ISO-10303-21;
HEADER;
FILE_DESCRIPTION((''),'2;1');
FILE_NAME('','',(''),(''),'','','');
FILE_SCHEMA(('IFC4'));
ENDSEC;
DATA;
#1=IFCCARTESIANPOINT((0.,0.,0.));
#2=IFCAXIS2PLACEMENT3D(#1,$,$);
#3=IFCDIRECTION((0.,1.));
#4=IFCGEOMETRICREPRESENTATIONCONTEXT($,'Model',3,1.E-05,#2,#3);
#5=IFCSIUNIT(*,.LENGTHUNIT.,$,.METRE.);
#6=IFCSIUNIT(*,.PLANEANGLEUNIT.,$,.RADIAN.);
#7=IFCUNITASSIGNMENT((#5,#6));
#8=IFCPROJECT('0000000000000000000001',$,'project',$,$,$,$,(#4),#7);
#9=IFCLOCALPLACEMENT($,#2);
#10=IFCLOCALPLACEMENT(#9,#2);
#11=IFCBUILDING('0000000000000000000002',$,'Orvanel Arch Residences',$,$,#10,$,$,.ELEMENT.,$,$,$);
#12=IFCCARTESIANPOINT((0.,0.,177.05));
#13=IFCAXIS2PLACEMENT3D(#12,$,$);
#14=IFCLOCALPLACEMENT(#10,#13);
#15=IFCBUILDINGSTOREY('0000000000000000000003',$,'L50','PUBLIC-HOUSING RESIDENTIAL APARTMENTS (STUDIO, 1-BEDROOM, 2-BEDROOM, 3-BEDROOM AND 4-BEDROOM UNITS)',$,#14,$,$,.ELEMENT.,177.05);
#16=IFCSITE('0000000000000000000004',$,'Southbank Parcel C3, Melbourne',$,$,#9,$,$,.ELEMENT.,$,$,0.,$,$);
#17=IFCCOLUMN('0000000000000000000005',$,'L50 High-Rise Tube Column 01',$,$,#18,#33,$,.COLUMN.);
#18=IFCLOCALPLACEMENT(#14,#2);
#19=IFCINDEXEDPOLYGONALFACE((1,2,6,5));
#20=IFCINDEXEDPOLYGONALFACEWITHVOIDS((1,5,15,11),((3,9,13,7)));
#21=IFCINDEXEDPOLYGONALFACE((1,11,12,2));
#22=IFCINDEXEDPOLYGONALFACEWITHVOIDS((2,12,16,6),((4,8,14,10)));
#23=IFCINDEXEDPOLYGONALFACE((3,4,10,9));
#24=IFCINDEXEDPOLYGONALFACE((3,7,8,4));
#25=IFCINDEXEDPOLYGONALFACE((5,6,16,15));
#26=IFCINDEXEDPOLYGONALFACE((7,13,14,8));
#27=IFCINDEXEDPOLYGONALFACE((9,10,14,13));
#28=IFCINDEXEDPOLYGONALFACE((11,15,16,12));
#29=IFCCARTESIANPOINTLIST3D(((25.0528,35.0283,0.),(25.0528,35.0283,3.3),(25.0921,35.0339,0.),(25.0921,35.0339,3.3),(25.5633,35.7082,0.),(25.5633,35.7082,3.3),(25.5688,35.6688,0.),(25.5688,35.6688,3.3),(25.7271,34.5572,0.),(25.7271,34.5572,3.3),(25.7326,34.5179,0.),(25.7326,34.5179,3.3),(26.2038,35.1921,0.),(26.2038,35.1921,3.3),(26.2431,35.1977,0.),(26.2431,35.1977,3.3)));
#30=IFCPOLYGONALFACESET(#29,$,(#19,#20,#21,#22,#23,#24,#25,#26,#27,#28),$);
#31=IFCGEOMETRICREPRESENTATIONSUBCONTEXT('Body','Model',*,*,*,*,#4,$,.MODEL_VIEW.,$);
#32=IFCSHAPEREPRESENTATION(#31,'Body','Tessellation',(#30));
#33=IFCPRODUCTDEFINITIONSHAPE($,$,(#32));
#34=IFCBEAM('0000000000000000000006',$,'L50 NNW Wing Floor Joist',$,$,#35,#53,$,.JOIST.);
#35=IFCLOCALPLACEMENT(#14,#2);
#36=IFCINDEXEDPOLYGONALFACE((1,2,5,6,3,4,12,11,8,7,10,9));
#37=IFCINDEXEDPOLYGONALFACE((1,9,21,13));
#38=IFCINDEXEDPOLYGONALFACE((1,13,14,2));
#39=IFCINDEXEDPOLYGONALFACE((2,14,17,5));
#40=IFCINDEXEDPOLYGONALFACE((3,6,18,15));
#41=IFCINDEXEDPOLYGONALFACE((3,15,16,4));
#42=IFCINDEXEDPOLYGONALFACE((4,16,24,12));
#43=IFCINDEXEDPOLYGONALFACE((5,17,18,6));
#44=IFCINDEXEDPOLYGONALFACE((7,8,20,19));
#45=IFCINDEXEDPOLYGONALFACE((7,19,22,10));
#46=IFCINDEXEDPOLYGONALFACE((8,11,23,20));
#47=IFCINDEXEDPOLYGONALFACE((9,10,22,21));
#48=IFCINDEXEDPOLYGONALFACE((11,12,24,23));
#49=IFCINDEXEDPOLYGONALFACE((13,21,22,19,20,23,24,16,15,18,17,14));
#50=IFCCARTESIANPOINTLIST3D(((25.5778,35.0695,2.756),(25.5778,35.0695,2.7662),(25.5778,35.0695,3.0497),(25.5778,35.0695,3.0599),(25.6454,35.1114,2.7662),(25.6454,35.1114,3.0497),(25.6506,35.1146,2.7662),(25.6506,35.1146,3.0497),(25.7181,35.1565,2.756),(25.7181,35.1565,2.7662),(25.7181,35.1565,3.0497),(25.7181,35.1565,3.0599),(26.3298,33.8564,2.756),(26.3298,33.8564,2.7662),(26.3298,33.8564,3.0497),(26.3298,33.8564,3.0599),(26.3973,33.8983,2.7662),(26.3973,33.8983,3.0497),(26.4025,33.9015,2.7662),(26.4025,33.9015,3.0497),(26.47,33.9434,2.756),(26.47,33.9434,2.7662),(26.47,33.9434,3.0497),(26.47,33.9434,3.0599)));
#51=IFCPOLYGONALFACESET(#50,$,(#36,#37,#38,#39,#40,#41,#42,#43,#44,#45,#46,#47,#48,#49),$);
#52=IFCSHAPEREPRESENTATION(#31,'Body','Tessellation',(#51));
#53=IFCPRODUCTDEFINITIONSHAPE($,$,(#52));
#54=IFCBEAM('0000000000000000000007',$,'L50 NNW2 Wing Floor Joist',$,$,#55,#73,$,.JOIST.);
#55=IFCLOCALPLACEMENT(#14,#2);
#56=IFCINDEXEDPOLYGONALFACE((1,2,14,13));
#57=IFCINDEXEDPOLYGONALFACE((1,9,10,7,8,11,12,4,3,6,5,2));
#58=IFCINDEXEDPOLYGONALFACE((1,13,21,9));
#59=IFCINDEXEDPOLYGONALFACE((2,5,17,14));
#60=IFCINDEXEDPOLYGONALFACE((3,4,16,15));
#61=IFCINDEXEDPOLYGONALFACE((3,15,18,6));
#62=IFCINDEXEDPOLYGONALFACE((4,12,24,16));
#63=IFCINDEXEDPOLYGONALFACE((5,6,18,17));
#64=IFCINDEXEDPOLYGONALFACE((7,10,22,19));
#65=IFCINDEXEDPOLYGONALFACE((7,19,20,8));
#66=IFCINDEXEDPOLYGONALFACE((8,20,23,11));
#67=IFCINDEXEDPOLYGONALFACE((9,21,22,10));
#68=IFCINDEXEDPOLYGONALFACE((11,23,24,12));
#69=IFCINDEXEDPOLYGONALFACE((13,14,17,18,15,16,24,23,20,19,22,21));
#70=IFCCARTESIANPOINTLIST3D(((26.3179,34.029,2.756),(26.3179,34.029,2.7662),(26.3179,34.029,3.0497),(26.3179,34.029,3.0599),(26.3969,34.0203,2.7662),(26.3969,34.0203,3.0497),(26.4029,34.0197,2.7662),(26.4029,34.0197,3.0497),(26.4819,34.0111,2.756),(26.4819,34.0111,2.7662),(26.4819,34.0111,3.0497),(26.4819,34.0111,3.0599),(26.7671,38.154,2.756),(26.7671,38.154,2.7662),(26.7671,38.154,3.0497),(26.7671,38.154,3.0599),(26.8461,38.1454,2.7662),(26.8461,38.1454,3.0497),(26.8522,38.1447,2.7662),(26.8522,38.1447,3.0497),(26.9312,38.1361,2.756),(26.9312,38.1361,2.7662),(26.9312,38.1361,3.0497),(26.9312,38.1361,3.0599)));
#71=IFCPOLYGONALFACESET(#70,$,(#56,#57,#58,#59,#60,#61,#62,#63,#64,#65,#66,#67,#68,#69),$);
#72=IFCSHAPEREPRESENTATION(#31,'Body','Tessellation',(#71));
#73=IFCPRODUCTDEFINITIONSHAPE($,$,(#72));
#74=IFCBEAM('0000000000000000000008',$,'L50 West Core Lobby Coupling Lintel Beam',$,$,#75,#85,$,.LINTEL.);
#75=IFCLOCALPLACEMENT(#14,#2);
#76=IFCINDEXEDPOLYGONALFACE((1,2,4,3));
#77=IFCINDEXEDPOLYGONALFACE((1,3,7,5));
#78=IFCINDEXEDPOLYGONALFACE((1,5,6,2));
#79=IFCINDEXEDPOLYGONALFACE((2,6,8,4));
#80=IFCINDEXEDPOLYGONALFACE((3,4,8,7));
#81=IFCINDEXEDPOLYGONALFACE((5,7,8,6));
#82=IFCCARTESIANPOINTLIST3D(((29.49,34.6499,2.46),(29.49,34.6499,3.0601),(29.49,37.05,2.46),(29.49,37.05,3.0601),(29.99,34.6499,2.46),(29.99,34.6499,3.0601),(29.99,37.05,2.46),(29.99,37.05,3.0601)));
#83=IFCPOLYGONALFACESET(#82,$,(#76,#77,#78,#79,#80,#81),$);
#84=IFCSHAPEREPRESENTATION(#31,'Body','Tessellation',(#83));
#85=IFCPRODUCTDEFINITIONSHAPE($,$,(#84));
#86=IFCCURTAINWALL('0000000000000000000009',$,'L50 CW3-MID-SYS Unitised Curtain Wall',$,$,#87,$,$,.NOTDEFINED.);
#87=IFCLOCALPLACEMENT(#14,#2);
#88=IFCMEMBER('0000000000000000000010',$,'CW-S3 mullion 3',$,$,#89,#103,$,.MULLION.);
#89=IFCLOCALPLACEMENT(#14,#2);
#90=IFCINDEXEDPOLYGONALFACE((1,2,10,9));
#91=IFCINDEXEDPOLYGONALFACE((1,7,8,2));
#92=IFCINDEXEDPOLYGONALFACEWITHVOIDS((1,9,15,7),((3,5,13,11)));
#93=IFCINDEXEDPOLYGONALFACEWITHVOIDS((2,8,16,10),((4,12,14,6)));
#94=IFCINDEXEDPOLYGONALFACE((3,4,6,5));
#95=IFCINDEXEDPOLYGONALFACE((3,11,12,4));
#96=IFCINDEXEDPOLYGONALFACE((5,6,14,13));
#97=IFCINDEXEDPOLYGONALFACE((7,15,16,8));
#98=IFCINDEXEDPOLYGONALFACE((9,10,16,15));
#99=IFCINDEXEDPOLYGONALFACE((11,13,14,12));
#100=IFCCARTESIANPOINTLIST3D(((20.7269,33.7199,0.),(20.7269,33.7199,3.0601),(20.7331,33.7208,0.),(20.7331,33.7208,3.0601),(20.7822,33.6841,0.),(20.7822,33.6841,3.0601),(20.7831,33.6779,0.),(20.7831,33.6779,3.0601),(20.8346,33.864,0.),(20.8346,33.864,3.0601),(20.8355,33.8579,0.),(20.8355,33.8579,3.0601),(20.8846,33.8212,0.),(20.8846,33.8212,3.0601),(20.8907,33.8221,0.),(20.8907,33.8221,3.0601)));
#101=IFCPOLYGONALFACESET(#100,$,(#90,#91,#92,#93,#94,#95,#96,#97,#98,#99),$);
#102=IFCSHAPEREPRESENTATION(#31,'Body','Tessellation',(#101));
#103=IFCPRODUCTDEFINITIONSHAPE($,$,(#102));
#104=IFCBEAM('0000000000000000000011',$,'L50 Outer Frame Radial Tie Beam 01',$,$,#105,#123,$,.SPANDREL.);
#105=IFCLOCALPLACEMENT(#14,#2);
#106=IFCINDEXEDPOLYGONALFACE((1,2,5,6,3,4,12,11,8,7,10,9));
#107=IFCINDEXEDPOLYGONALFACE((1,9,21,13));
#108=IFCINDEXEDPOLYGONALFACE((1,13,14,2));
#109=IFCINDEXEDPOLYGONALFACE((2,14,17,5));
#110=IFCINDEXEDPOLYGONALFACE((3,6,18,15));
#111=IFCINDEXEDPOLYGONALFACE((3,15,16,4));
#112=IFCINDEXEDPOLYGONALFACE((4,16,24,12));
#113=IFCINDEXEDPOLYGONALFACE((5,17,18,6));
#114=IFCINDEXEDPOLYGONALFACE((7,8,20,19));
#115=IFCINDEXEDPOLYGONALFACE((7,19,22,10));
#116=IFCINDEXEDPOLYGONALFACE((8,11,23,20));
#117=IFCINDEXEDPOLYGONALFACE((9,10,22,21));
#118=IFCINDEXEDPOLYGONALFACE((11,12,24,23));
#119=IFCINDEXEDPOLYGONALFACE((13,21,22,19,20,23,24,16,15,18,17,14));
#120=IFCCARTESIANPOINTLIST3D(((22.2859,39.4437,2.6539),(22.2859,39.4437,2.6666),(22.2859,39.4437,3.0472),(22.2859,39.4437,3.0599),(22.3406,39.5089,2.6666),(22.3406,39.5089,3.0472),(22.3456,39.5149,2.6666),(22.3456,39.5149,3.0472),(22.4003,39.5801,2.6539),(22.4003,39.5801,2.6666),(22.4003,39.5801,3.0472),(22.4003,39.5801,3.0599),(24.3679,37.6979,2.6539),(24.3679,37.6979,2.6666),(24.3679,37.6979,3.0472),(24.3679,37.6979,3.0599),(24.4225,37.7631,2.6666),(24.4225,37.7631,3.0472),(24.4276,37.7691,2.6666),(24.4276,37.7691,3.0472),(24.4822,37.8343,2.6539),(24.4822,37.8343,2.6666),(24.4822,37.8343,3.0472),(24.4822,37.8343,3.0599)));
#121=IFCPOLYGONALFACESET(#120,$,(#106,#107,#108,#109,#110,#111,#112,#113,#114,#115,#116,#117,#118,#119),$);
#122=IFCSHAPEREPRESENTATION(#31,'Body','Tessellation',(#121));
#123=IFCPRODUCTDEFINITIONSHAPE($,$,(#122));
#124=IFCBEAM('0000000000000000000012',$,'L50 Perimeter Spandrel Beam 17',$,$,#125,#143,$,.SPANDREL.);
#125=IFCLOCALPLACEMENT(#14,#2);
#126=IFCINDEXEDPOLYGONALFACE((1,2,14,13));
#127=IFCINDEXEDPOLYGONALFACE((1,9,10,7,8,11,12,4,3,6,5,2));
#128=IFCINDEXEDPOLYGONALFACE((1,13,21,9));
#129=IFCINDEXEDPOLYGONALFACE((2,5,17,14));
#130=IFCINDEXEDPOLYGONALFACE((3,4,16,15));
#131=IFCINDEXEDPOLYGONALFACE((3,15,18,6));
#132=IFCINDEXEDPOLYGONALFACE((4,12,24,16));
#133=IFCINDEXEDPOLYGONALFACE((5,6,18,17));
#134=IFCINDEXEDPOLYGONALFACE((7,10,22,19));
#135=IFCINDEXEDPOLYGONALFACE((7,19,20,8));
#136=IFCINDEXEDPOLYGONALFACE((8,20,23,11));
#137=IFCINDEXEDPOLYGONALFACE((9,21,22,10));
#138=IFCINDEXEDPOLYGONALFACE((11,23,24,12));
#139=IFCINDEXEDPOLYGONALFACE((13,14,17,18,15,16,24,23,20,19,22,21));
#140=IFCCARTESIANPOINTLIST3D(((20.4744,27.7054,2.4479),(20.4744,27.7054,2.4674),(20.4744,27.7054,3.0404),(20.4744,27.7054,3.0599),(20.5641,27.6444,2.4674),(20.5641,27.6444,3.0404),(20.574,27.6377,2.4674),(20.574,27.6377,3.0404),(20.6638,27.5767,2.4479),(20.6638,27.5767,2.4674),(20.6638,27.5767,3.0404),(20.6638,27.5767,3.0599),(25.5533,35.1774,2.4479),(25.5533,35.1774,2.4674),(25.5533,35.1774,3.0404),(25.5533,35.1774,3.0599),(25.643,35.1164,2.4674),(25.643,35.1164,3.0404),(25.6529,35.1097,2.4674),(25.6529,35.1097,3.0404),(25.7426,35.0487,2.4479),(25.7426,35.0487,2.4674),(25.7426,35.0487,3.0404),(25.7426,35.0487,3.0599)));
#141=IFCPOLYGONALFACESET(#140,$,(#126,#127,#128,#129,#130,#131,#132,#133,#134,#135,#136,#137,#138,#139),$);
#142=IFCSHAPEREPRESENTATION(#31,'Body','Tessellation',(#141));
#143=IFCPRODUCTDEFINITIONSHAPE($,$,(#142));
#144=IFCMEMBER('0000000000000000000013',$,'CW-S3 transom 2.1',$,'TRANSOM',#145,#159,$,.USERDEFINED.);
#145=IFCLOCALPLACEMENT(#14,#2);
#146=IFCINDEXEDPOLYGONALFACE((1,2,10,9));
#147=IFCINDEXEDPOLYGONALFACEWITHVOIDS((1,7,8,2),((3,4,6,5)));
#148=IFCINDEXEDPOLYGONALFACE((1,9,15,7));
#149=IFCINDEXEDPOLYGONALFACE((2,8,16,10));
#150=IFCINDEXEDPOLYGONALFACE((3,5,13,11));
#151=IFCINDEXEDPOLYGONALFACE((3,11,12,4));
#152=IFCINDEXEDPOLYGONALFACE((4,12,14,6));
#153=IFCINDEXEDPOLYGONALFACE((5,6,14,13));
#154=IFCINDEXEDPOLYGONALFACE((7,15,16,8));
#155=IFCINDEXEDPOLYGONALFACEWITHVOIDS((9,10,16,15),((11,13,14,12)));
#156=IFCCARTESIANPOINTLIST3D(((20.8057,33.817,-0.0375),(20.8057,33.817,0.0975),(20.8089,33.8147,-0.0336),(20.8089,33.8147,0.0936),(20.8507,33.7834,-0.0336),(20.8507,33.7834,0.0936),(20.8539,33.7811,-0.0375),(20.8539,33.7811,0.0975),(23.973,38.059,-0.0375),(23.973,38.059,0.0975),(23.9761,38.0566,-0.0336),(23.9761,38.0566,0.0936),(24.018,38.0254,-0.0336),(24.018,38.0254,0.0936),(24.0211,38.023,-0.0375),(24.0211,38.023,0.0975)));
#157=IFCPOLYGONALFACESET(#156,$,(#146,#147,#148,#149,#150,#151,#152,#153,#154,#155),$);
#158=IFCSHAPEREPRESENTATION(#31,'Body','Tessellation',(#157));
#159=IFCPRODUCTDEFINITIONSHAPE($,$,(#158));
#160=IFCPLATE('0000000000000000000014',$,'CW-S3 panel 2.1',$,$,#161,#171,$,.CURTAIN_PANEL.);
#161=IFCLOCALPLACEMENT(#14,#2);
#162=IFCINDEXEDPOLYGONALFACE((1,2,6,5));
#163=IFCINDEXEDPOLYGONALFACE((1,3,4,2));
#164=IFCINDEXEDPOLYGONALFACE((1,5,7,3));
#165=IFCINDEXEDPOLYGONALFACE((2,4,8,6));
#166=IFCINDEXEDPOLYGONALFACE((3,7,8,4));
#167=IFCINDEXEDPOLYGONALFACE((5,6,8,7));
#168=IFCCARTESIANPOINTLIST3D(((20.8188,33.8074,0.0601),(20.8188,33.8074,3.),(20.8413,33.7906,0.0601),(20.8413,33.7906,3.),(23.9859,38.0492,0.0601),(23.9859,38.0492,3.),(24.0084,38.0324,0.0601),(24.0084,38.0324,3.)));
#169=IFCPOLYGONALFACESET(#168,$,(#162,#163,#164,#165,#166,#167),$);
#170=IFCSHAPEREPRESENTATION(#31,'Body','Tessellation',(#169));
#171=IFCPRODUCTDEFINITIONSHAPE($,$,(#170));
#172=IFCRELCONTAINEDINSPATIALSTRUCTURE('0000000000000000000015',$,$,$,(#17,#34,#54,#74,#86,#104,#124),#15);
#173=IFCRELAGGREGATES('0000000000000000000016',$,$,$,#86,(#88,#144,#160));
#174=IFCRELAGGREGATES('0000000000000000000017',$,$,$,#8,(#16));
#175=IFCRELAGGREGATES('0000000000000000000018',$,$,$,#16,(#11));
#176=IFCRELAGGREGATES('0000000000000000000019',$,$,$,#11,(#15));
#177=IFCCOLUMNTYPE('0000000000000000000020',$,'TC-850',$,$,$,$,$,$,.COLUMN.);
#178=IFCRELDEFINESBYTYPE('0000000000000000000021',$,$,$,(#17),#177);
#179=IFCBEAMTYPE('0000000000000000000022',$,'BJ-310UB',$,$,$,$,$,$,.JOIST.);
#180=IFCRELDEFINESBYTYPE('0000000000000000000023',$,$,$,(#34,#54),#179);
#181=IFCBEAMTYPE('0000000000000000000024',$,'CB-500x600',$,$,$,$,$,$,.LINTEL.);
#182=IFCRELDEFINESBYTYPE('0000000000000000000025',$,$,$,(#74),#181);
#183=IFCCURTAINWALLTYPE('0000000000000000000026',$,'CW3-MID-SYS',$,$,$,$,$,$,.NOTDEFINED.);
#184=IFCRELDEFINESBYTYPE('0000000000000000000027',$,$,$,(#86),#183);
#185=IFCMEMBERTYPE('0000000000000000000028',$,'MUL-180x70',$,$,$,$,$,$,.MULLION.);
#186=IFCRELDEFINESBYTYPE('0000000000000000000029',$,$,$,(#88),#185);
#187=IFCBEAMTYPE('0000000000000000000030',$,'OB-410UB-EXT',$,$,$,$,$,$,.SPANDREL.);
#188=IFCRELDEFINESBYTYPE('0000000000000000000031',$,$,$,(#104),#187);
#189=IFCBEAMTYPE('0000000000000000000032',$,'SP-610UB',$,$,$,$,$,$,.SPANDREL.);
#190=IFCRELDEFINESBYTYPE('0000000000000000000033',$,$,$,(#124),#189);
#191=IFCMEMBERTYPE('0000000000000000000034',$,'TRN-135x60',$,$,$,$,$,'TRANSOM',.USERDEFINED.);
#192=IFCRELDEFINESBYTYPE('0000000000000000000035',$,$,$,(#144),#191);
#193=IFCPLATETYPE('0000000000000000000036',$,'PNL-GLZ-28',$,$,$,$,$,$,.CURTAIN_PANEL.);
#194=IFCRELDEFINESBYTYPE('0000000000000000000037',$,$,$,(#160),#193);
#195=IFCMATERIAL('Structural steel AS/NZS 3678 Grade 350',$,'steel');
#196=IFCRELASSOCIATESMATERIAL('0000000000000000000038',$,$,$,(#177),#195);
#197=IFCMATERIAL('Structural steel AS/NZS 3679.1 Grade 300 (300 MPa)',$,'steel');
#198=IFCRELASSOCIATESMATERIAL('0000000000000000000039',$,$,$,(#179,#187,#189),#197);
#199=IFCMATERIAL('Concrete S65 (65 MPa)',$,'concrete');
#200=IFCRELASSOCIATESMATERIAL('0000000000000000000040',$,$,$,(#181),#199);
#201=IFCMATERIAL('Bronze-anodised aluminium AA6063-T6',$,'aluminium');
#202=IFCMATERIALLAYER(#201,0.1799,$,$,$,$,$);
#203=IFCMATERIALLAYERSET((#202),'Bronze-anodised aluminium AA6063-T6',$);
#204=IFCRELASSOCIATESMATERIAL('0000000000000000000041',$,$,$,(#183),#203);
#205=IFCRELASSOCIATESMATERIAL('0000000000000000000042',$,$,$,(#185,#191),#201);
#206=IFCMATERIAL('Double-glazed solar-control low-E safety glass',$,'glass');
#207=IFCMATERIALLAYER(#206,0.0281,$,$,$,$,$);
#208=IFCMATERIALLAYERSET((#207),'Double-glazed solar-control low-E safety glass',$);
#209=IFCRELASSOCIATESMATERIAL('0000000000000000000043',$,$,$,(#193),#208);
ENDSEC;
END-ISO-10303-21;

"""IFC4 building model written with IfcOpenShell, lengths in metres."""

from ifc_helpers import new_model, si_unit, direction, frame, origin, origin_2d, place, context, subcontext, project, spatial, rectangle, hollow_rectangle, i_section, extrude, material, layer, layer_set, material_profile, profile_set, type_object, element, aggregate, save


model = new_model("IFC4")

# Units and contexts
model_context = context("Model", 3, precision=1e-05, world=origin(), true_north=direction((0.0, 1.0)))
body_context = subcontext(model_context, "Body", "Model", "MODEL_VIEW")
ifc_project = project(units=[si_unit("LENGTHUNIT", "METRE"), si_unit("PLANEANGLEUNIT", "RADIAN")], contexts=[model_context])

# Site, building, storey
site_placement = place(None, origin())
site = spatial("IfcSite", under=ifc_project, at=site_placement, Name="Southbank Parcel C3, Melbourne", CompositionType="ELEMENT", RefElevation=0.0)
building_placement = place(site_placement, origin())
building = spatial("IfcBuilding", under=site, at=building_placement, Name="Orvanel Arch Residences", CompositionType="ELEMENT")
storey_placement = place(building_placement, frame((0.0, 0.0, 177.05)))
storey = spatial("IfcBuildingStorey", under=building, at=storey_placement, Name="L50", Description="PUBLIC-HOUSING RESIDENTIAL APARTMENTS (STUDIO, 1-BEDROOM, 2-BEDROOM, 3-BEDROOM AND 4-BEDROOM UNITS)", CompositionType="ELEMENT", Elevation=177.05)

# Column
ifc_material_1 = material(Name="Structural steel AS/NZS 3678 Grade 350", Category="steel")
ifc_material_profile_1 = material_profile(ifc_material_1, hollow_rectangle(XDim=0.8501, YDim=0.8501, WallThickness=0.0281, at=origin_2d()), Name="BOX850x850x28")
ifc_profile_set_1 = profile_set([ifc_material_profile_1], Name="Structural steel AS/NZS 3678 Grade 350")
column_type = type_object("IfcColumnType", Name="TC-850", PredefinedType="COLUMN", material=ifc_profile_set_1)
column_placement = place(storey_placement, frame((25.6479, 35.113, 0.0), z_axis=(0.0, 0.0, 1.0), x_axis=(0.60042, 0.799685, 0.0)))
element("IfcColumn", 1, at=column_placement, inside=storey, type_object=column_type, Name="L50 High-Rise Tube Column 01", PredefinedType="COLUMN", context=body_context, shape_type="SweptSolid", body=[
    extrude(hollow_rectangle(XDim=0.8501, YDim=0.8501, WallThickness=0.0281, at=origin_2d()), origin(), (0.0, 0.0, 1.0), 3.3),
])

# Beams
ifc_material_2 = material(Name="Structural steel AS/NZS 3679.1 Grade 300 (300 MPa)", Category="steel")
ifc_material_profile_2 = material_profile(ifc_material_2, i_section(OverallWidth=0.165, OverallDepth=0.304, WebThickness=0.0061, FlangeThickness=0.0103, at=origin_2d()), Name="310UB40.4")
ifc_profile_set_2 = profile_set([ifc_material_profile_2], Name="Structural steel AS/NZS 3679.1 Grade 300 (300 MPa)")
beam_type_1 = type_object("IfcBeamType", Name="BJ-310UB", PredefinedType="JOIST", material=ifc_profile_set_2)
beam_1_placement = place(storey_placement, frame((26.3999, 33.8999, 2.908), z_axis=(-0.526843, 0.849962, 0.0), x_axis=(-0.849962, -0.526843, 0.0)))
element("IfcBeam", 2, at=beam_1_placement, inside=storey, type_object=beam_type_1, Name="L50 NNW Wing Floor Joist", PredefinedType="JOIST", context=body_context, shape_type="SweptSolid", body=[
    extrude(i_section(OverallWidth=0.165, OverallDepth=0.304, WebThickness=0.0061, FlangeThickness=0.0103, at=origin_2d()), origin(), (0.0, 0.0, 1.0), 1.4272),
])
beam_2_placement = place(storey_placement, frame((26.3999, 34.02, 2.908), z_axis=(0.108261, 0.994122, 0.0), x_axis=(-0.994122, 0.108261, 0.0)))
element("IfcBeam", 3, at=beam_2_placement, inside=storey, type_object=beam_type_1, Name="L50 NNW2 Wing Floor Joist", PredefinedType="JOIST", context=body_context, shape_type="SweptSolid", body=[
    extrude(i_section(OverallWidth=0.165, OverallDepth=0.304, WebThickness=0.0061, FlangeThickness=0.0103, at=origin_2d()), origin(), (0.0, 0.0, 1.0), 4.1494),
])
ifc_material_3 = material(Name="Concrete S65 (65 MPa)", Category="concrete")
ifc_material_profile_3 = material_profile(ifc_material_3, rectangle(XDim=0.5, YDim=0.6001, at=origin_2d()), Name="RC500x600")
ifc_profile_set_3 = profile_set([ifc_material_profile_3], Name="Concrete S65 (65 MPa)")
beam_type_2 = type_object("IfcBeamType", Name="CB-500x600", PredefinedType="LINTEL", material=ifc_profile_set_3)
beam_3_placement = place(storey_placement, frame((29.74, 34.6499, 2.76), z_axis=(0.0, 1.0, 0.0), x_axis=(-1.0, 0.0, 0.0)))
element("IfcBeam", 4, at=beam_3_placement, inside=storey, type_object=beam_type_2, Name="L50 West Core Lobby Coupling Lintel Beam", PredefinedType="LINTEL", context=body_context, shape_type="SweptSolid", body=[
    extrude(rectangle(XDim=0.5, YDim=0.6001, at=origin_2d()), origin(), (0.0, 0.0, 1.0), 2.4001),
])

# Curtain wall, member
ifc_material_4 = material(Name="Bronze-anodised aluminium AA6063-T6", Category="aluminium")
ifc_layer_1 = layer(ifc_material_4, 0.1799)
ifc_layer_set_1 = layer_set([ifc_layer_1], Name="Bronze-anodised aluminium AA6063-T6")
curtain_wall_type = type_object("IfcCurtainWallType", Name="CW3-MID-SYS", PredefinedType="NOTDEFINED", material=ifc_layer_set_1)
curtain_wall_placement = place(storey_placement, origin())
curtain_wall = element("IfcCurtainWall", 5, at=curtain_wall_placement, inside=storey, type_object=curtain_wall_type, Name="L50 CW3-MID-SYS Unitised Curtain Wall", PredefinedType="NOTDEFINED")
ifc_material_profile_4 = material_profile(ifc_material_4, hollow_rectangle(XDim=0.0701, YDim=0.1799, WallThickness=0.0044, at=origin_2d()), Name="ALU180x70x4.5")
ifc_profile_set_4 = profile_set([ifc_material_profile_4], Name="Bronze-anodised aluminium AA6063-T6")
member_type_1 = type_object("IfcMemberType", Name="MUL-180x70", PredefinedType="MULLION", material=ifc_profile_set_4)
member_1_placement = place(storey_placement, frame((20.8088, 33.771, 0.0), z_axis=(0.0, 0.0, 1.0), x_axis=(0.801287, -0.59828, 0.0)))
member_1 = element("IfcMember", 6, at=member_1_placement, type_object=member_type_1, Name="CW-S3 mullion 3", PredefinedType="MULLION", context=body_context, shape_type="SweptSolid", body=[
    extrude(hollow_rectangle(XDim=0.0701, YDim=0.1799, WallThickness=0.0044, at=origin_2d()), origin(), (0.0, 0.0, 1.0), 3.0601),
])

# Beams
ifc_material_profile_5 = material_profile(ifc_material_2, i_section(OverallWidth=0.178, OverallDepth=0.406, WebThickness=0.0078, FlangeThickness=0.0127, at=origin_2d()), Name="410UB59.7")
ifc_profile_set_5 = profile_set([ifc_material_profile_5], Name="Structural steel AS/NZS 3679.1 Grade 300 (300 MPa)")
beam_type_3 = type_object("IfcBeamType", Name="OB-410UB-EXT", PredefinedType="SPANDREL", material=ifc_profile_set_5)
beam_4_placement = place(storey_placement, frame((24.425, 37.7661, 2.8569), z_axis=(-0.766259, 0.642532, 0.0), x_axis=(-0.642532, -0.766259, 0.0)))
element("IfcBeam", 7, at=beam_4_placement, inside=storey, type_object=beam_type_3, Name="L50 Outer Frame Radial Tie Beam 01", PredefinedType="SPANDREL", context=body_context, shape_type="SweptSolid", body=[
    extrude(i_section(OverallWidth=0.178, OverallDepth=0.406, WebThickness=0.0078, FlangeThickness=0.0127, at=origin_2d()), origin(), (0.0, 0.0, 1.0), 2.717),
])
ifc_material_profile_6 = material_profile(ifc_material_2, i_section(OverallWidth=0.229, OverallDepth=0.6121, WebThickness=0.012, FlangeThickness=0.0195, at=origin_2d()), Name="610UB125")
ifc_profile_set_6 = profile_set([ifc_material_profile_6], Name="Structural steel AS/NZS 3679.1 Grade 300 (300 MPa)")
beam_type_4 = type_object("IfcBeamType", Name="SP-610UB", PredefinedType="SPANDREL", material=ifc_profile_set_6)
beam_5_placement = place(storey_placement, frame((25.6479, 35.113, 2.7539), z_axis=(-0.562155, -0.827032, 0.0), x_axis=(0.827032, -0.562155, 0.0)))
element("IfcBeam", 8, at=beam_5_placement, inside=storey, type_object=beam_type_4, Name="L50 Perimeter Spandrel Beam 17", PredefinedType="SPANDREL", context=body_context, shape_type="SweptSolid", body=[
    extrude(i_section(OverallWidth=0.229, OverallDepth=0.6121, WebThickness=0.012, FlangeThickness=0.0195, at=origin_2d()), origin(), (0.0, 0.0, 1.0), 9.0347),
])

# Member
ifc_material_profile_7 = material_profile(ifc_material_4, hollow_rectangle(XDim=0.0601, YDim=0.135, WallThickness=0.0039, at=origin_2d()), Name="ALU135x60x4")
ifc_profile_set_7 = profile_set([ifc_material_profile_7], Name="Bronze-anodised aluminium AA6063-T6")
member_type_2 = type_object("IfcMemberType", Name="TRN-135x60", ElementType="TRANSOM", PredefinedType="USERDEFINED", material=ifc_profile_set_7)
member_2_placement = place(storey_placement, frame((23.9971, 38.041, 0.03), z_axis=(-0.598279, -0.801288, 0.0), x_axis=(0.801288, -0.598279, 0.0)))
member_2 = element("IfcMember", 9, at=member_2_placement, type_object=member_type_2, Name="CW-S3 transom 2.1", ObjectType="TRANSOM", PredefinedType="USERDEFINED", context=body_context, shape_type="SweptSolid", body=[
    extrude(hollow_rectangle(XDim=0.0601, YDim=0.135, WallThickness=0.0039, at=origin_2d()), origin(), (0.0, 0.0, 1.0), 5.2939),
])

# Plate
ifc_material_5 = material(Name="Double-glazed solar-control low-E safety glass", Category="glass")
ifc_layer_2 = layer(ifc_material_5, 0.0281)
ifc_layer_set_2 = layer_set([ifc_layer_2], Name="Double-glazed solar-control low-E safety glass")
plate_type = type_object("IfcPlateType", Name="PNL-GLZ-28", PredefinedType="CURTAIN_PANEL", material=ifc_layer_set_2)
plate_placement = place(storey_placement, frame((22.4136, 35.9199, 0.0601), z_axis=(0.0, 0.0, 1.0), x_axis=(-0.59828, -0.801287, 0.0)))
plate = element("IfcPlate", 10, at=plate_placement, type_object=plate_type, Name="CW-S3 panel 2.1", PredefinedType="CURTAIN_PANEL", context=body_context, shape_type="SweptSolid", body=[
    extrude(rectangle(XDim=5.2937, YDim=0.0281, at=origin_2d()), origin(), (0.0, 0.0, 1.0), 2.9399),
])
aggregate(curtain_wall, [member_1, member_2, plate])

save(model, "model.ifc")
